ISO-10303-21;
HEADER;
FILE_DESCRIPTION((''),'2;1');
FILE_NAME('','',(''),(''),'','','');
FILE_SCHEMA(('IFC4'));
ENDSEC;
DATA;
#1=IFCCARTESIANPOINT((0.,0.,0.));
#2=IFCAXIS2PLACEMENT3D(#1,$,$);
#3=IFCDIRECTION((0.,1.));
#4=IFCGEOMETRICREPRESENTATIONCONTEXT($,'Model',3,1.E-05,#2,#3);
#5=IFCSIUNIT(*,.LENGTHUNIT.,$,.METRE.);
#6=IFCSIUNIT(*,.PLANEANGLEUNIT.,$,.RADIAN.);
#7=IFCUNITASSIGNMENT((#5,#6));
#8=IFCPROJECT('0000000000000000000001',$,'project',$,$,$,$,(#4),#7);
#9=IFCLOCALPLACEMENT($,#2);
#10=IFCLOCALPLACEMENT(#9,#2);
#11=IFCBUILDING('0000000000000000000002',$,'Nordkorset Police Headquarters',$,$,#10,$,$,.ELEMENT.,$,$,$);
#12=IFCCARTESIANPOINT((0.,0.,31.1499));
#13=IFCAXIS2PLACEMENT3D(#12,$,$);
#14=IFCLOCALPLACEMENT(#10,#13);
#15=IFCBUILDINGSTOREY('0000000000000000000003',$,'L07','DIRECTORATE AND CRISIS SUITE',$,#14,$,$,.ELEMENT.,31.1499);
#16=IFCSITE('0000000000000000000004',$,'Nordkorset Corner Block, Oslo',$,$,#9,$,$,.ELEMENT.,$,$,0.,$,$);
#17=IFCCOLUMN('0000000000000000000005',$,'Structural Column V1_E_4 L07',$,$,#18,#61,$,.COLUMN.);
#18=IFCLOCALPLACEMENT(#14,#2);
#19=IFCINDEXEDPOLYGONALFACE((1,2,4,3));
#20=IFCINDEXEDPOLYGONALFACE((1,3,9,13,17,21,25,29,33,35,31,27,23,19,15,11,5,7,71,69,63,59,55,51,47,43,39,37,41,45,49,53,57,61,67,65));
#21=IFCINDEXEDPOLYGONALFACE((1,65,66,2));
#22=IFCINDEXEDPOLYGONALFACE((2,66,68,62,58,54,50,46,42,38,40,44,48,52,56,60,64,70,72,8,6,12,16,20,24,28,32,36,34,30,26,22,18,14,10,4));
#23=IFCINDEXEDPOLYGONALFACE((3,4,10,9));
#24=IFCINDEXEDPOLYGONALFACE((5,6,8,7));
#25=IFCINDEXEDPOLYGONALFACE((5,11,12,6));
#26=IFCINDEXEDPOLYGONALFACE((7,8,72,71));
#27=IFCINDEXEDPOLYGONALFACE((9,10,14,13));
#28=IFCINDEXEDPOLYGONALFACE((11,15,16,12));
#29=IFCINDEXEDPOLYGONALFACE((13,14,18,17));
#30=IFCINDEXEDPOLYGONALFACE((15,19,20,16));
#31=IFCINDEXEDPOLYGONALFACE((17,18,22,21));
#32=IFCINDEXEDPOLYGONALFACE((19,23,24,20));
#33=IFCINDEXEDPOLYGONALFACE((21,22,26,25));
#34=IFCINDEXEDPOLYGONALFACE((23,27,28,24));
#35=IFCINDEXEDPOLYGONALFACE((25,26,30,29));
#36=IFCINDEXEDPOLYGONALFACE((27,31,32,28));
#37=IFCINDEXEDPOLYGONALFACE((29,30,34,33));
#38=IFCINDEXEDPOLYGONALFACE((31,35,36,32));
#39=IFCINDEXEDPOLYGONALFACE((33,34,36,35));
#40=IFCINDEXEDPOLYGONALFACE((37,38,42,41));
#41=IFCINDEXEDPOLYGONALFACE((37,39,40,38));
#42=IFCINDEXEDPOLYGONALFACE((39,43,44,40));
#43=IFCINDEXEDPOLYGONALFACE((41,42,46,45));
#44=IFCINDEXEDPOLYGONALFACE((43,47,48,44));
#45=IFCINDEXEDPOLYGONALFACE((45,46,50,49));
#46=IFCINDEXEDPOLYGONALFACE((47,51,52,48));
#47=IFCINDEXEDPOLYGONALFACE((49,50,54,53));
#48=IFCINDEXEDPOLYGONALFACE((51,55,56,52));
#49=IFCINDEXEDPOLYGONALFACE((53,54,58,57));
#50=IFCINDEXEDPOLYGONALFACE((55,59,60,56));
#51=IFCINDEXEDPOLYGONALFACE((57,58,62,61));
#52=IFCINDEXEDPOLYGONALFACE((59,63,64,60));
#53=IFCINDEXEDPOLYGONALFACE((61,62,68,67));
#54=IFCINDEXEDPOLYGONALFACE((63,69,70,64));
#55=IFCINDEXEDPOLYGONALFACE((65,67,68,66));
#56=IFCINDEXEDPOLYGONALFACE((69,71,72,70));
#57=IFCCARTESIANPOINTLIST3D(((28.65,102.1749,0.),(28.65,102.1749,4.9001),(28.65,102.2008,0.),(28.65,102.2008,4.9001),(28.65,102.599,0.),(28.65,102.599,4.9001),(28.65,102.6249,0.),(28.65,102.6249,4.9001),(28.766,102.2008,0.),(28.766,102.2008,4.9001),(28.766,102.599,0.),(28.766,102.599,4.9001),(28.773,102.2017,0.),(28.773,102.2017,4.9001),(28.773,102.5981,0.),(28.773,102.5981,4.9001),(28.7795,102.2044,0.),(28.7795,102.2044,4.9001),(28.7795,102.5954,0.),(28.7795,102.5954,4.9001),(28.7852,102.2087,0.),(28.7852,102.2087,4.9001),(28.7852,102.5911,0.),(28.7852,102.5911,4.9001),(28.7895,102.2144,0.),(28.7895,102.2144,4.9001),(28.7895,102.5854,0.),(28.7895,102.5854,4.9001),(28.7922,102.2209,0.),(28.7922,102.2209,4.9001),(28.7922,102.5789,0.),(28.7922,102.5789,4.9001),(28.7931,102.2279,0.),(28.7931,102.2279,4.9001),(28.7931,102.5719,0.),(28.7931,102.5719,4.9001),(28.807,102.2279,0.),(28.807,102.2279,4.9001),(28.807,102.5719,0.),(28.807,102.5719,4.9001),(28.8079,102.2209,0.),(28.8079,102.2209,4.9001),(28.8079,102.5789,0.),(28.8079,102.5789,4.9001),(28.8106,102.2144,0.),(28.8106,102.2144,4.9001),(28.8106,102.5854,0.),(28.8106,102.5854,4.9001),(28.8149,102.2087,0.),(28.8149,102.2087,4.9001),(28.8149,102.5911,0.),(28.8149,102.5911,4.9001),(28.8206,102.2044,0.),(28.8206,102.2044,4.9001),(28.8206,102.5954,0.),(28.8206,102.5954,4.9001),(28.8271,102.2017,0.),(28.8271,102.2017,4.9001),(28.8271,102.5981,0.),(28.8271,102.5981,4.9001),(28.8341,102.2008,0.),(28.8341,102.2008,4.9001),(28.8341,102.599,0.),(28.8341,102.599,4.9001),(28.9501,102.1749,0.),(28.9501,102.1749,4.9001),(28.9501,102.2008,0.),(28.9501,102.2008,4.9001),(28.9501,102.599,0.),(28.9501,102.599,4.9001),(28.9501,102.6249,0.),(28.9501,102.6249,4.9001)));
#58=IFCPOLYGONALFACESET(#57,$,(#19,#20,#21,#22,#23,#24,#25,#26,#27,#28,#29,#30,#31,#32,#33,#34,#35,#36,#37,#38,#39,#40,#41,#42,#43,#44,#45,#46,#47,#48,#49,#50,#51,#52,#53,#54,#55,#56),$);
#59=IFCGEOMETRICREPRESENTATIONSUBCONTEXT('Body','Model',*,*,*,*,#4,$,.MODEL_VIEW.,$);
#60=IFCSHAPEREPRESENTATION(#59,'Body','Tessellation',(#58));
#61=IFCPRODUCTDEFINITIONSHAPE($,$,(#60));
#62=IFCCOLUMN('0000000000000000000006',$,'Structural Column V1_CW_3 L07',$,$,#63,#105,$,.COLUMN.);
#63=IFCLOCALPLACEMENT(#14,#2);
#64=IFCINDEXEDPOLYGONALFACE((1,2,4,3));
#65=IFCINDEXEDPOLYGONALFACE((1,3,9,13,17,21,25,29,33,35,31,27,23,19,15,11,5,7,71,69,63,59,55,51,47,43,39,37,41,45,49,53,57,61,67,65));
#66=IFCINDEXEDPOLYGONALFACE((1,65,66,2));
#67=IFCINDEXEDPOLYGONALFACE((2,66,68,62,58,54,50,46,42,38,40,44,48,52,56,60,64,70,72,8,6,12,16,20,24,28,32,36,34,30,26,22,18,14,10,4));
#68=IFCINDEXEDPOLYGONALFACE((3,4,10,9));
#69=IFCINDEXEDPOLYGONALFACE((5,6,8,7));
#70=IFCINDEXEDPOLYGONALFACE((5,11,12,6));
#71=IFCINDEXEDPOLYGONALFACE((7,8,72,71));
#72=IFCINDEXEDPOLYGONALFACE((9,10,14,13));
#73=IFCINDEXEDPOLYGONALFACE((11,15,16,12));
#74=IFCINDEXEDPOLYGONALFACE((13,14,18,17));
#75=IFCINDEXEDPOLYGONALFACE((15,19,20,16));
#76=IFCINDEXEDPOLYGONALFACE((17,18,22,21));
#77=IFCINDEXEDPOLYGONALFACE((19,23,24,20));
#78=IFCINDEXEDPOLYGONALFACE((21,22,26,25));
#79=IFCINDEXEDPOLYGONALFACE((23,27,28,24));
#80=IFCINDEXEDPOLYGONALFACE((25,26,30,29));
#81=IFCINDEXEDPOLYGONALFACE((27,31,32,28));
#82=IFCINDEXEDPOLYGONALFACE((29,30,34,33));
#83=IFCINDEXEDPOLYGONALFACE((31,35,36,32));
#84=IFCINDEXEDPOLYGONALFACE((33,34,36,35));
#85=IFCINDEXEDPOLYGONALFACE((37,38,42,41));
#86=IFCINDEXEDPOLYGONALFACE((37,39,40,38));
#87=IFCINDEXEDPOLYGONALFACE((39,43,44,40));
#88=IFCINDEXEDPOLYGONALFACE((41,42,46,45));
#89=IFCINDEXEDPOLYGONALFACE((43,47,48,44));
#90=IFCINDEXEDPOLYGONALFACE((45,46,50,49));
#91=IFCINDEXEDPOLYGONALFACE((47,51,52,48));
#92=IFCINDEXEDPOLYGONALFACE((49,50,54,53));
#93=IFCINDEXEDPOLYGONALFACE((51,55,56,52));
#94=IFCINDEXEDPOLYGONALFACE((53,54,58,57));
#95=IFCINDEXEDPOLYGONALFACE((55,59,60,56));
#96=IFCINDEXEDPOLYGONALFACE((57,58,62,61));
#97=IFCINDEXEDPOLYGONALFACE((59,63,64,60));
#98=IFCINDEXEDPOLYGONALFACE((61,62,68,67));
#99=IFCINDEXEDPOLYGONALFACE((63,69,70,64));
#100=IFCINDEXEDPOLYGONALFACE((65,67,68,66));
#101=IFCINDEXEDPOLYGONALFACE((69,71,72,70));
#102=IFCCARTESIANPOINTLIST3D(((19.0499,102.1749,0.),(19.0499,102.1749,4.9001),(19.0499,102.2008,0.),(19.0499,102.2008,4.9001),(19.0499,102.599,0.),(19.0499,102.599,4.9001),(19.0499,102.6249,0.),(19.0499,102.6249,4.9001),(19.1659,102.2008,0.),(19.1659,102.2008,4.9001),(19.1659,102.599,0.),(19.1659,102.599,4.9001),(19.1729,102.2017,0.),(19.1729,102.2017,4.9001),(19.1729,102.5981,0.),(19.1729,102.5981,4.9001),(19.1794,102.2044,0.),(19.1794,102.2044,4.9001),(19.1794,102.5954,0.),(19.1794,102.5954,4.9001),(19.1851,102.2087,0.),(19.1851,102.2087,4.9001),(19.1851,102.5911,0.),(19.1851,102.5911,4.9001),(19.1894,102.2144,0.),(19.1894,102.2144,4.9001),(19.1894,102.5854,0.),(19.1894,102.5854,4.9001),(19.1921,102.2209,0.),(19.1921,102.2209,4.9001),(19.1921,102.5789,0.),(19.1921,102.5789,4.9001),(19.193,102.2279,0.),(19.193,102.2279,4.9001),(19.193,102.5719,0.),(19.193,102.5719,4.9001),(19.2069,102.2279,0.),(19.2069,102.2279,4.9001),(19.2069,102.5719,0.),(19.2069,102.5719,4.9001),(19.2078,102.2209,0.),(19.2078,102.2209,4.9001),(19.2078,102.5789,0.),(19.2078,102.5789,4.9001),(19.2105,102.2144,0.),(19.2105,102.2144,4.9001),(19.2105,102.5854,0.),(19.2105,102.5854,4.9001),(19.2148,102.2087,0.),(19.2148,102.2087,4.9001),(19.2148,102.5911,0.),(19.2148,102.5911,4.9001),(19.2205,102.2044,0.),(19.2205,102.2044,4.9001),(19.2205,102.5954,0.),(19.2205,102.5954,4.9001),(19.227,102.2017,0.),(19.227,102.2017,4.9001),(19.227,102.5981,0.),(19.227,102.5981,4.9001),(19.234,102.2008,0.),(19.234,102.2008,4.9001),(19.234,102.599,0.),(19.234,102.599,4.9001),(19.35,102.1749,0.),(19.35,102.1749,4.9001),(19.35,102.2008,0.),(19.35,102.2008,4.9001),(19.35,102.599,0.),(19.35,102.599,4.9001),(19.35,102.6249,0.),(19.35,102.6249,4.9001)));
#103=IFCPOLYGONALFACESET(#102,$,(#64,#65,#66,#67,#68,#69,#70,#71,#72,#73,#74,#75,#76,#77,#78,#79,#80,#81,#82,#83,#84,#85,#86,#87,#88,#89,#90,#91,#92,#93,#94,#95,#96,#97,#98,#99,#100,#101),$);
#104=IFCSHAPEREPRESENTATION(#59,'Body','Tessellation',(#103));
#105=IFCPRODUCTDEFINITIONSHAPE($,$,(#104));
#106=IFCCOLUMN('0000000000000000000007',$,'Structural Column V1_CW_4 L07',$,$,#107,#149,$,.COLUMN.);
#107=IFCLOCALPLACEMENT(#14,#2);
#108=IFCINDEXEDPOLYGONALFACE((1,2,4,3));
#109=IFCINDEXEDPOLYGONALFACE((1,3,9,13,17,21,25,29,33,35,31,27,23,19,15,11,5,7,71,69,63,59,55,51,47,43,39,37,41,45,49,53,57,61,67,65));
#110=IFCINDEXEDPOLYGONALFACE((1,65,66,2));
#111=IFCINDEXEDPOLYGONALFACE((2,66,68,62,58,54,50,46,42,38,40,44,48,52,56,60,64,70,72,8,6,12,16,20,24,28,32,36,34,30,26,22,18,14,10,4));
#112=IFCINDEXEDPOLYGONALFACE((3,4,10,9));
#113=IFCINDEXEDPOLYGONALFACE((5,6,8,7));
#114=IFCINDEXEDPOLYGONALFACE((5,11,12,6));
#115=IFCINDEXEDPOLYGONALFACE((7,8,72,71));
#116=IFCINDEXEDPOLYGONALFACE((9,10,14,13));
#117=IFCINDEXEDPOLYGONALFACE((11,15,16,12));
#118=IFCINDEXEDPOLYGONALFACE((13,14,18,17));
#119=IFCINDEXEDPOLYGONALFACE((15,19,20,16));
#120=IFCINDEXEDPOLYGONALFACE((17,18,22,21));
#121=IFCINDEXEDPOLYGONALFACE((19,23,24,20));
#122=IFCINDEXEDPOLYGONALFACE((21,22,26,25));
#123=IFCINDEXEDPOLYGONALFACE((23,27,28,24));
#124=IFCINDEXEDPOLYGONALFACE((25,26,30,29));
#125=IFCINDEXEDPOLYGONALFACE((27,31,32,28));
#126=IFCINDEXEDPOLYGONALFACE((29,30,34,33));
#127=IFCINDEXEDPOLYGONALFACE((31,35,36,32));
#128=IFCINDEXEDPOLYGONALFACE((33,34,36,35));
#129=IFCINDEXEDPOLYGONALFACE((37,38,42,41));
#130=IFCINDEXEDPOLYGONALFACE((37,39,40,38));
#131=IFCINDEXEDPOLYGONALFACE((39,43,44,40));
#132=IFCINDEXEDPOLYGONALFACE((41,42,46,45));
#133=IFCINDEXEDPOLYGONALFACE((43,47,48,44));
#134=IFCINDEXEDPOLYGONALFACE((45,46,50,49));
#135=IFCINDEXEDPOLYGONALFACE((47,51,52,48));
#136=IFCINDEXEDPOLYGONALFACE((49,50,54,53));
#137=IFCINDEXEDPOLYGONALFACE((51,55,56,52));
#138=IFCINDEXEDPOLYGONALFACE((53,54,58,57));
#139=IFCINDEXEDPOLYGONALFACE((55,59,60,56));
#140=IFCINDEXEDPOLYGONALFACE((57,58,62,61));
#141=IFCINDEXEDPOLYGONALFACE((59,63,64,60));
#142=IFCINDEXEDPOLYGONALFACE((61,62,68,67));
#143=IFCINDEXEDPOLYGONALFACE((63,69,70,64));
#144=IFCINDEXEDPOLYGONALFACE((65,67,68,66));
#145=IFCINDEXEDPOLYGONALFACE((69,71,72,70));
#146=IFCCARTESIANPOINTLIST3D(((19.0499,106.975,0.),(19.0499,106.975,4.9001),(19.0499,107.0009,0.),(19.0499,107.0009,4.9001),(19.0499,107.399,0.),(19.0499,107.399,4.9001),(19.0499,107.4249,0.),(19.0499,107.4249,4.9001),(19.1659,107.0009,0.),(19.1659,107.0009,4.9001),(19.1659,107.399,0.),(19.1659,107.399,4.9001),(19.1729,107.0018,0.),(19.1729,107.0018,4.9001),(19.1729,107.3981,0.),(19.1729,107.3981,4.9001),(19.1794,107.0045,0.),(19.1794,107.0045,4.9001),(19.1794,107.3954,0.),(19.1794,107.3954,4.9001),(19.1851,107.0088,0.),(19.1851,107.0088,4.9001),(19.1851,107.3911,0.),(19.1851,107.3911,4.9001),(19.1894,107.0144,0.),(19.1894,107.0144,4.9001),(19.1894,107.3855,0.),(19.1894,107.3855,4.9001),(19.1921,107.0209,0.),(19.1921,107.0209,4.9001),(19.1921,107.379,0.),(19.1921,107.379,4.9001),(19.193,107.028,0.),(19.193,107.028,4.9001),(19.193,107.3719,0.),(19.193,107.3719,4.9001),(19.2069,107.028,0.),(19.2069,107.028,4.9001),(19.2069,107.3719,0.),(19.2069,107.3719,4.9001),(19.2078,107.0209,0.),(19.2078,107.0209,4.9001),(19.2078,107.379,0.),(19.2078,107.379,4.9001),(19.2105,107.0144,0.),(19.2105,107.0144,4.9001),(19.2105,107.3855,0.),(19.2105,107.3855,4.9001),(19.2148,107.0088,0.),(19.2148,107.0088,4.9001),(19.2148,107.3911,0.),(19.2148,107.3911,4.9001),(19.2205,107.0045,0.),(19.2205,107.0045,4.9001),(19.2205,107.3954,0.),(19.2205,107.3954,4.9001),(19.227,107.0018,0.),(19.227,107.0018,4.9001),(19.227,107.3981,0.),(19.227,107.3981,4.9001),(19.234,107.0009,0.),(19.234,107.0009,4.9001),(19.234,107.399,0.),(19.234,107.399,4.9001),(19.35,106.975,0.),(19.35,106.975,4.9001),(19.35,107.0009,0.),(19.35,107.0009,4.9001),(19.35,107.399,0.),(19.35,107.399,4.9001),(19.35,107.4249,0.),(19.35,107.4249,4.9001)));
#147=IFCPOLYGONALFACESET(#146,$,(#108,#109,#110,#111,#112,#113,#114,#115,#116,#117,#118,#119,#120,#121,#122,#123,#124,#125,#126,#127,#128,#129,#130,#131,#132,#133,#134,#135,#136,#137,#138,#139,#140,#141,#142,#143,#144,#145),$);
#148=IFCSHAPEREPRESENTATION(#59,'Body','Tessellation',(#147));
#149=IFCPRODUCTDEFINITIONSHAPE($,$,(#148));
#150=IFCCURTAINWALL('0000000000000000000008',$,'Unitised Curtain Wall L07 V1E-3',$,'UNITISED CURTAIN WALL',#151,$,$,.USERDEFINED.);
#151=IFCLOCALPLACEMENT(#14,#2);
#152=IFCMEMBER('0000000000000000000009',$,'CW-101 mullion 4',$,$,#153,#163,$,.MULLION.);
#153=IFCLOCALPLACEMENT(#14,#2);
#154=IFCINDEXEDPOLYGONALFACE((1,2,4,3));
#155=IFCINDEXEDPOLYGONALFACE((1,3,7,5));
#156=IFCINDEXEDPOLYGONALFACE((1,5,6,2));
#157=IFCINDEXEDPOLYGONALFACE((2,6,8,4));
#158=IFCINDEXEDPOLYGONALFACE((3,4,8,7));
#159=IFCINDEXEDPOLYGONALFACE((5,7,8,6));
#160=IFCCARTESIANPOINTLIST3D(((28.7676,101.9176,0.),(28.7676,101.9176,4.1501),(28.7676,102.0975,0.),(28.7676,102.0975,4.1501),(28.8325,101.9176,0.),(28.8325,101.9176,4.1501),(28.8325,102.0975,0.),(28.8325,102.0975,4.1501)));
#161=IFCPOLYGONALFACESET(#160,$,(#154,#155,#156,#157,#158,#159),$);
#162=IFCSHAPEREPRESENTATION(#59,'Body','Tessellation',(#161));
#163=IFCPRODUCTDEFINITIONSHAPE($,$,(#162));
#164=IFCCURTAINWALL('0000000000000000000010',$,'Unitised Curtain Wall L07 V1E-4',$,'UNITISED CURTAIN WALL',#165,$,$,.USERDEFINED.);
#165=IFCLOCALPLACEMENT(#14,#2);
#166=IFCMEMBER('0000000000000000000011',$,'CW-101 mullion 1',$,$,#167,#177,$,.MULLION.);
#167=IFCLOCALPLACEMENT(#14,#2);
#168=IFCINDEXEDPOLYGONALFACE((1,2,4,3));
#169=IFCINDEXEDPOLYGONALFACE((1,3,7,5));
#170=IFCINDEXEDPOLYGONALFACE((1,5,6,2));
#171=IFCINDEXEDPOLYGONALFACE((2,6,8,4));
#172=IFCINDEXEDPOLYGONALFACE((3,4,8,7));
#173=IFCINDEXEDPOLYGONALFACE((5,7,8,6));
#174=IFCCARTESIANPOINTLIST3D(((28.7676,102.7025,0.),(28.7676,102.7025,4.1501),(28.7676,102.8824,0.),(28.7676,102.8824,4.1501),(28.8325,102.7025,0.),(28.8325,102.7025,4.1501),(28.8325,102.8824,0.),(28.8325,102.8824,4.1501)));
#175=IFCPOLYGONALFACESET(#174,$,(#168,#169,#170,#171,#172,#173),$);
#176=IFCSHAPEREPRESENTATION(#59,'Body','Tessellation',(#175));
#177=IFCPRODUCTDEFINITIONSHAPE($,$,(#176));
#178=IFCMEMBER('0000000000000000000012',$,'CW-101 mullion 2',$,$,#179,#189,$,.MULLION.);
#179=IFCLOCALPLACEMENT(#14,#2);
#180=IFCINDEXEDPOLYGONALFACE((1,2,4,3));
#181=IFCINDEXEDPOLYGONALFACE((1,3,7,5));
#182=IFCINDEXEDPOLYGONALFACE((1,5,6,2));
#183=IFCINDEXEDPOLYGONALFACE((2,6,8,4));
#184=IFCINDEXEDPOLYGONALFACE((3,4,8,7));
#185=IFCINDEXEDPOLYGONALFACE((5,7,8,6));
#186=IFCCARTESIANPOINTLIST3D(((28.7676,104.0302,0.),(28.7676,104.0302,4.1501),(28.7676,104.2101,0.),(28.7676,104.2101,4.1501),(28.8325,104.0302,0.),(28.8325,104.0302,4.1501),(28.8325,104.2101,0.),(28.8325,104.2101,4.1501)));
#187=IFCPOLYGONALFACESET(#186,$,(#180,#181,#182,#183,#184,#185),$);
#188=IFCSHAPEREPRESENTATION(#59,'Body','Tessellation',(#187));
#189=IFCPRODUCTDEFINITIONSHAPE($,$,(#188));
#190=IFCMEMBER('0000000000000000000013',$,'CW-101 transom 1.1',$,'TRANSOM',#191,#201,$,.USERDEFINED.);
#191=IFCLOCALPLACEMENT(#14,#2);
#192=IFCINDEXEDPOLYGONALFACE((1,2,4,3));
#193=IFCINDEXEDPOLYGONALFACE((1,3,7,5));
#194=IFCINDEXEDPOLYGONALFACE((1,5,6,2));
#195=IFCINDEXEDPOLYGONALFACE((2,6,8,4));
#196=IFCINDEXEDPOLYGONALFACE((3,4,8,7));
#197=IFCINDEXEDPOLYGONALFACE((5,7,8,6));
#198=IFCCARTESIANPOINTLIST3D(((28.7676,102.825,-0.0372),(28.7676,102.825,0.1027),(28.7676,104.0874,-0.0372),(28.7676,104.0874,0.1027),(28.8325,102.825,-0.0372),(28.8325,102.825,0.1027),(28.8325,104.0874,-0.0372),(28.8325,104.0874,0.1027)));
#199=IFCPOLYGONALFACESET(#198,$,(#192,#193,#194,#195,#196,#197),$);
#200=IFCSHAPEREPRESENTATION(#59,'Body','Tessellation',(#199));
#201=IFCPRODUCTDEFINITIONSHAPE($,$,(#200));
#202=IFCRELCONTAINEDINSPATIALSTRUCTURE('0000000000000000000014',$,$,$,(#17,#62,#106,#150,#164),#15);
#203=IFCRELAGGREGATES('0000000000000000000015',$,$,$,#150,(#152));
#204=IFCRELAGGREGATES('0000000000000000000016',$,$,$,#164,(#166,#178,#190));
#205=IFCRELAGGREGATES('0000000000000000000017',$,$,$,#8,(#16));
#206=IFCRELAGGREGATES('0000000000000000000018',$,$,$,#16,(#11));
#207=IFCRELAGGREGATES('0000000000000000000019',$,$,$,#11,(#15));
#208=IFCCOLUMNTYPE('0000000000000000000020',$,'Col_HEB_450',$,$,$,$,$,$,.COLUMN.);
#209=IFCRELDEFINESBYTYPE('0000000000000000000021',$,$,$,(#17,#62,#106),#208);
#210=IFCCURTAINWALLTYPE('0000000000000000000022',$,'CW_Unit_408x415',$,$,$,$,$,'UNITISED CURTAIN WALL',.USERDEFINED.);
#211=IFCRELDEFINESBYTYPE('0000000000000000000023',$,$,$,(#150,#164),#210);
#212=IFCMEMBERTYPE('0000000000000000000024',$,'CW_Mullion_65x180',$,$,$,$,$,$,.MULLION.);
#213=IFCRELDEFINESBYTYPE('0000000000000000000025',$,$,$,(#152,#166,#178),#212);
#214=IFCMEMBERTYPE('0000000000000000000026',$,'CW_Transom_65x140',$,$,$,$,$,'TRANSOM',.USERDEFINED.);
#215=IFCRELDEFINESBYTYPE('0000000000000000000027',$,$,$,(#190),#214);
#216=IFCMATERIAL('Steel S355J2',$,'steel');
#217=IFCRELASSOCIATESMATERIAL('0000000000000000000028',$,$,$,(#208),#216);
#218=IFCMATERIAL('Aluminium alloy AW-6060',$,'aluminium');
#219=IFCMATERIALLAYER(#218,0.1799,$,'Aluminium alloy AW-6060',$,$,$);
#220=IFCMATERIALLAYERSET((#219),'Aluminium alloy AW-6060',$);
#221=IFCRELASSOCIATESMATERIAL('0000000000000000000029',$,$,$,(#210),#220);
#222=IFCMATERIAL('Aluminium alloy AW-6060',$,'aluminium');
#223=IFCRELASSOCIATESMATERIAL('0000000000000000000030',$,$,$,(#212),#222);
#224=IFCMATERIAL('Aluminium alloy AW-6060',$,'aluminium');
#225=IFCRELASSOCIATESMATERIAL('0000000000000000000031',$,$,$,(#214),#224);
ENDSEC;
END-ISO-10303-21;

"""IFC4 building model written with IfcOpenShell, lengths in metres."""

from ifc_helpers import new_model, si_unit, direction, frame, origin, origin_2d, place, context, subcontext, project, spatial, rectangle, i_section, extrude, material, layer, layer_set, material_profile, profile_set, type_object, element, aggregate, save


model = new_model("IFC4")

# Units and contexts
model_context = context("Model", 3, precision=1e-05, world=origin(), true_north=direction((0.0, 1.0)))
body_context = subcontext(model_context, "Body", "Model", "MODEL_VIEW")
ifc_project = project(units=[si_unit("LENGTHUNIT", "METRE"), si_unit("PLANEANGLEUNIT", "RADIAN")], contexts=[model_context])

# Site, building, storey
site_placement = place(None, origin())
site = spatial("IfcSite", under=ifc_project, at=site_placement, Name="Nordkorset Corner Block, Oslo", CompositionType="ELEMENT", RefElevation=0.0)
building_placement = place(site_placement, origin())
building = spatial("IfcBuilding", under=site, at=building_placement, Name="Nordkorset Police Headquarters", CompositionType="ELEMENT")
storey_placement = place(building_placement, frame((0.0, 0.0, 31.1499)))
storey = spatial("IfcBuildingStorey", under=building, at=storey_placement, Name="L07", Description="DIRECTORATE AND CRISIS SUITE", CompositionType="ELEMENT", Elevation=31.1499)

# Columns
ifc_material_1 = material(Name="Steel S355J2", Category="steel")
ifc_material_profile_1 = material_profile(ifc_material_1, i_section(OverallWidth=0.3, OverallDepth=0.45, WebThickness=0.0139, FlangeThickness=0.0259, FilletRadius=0.0271, at=origin_2d()), Name="HEB 450")
ifc_profile_set_1 = profile_set([ifc_material_profile_1], Name="Steel S355J2")
column_type = type_object("IfcColumnType", Name="Col_HEB_450", PredefinedType="COLUMN", material=ifc_profile_set_1)
for number, where, z_axis, x_axis, name in (
    (1, (28.8, 102.3999, 0.0), (0.0, 0.0, 1.0), (1.0, 0.0, 0.0), "Structural Column V1_E_4 L07"),
    (2, (19.2, 102.3999, 0.0), (0.0, 0.0, 1.0), (1.0, 0.0, 0.0), "Structural Column V1_CW_3 L07"),
    (3, (19.2, 107.2, 0.0), (0.0, 0.0, 1.0), (1.0, 0.0, 0.0), "Structural Column V1_CW_4 L07"),
):
    element("IfcColumn", number, at=place(storey_placement, frame(where, z_axis=z_axis, x_axis=x_axis)), inside=storey, type_object=column_type, Name=name, PredefinedType="COLUMN", context=body_context, shape_type="SweptSolid", body=[
        extrude(i_section(OverallWidth=0.3, OverallDepth=0.45, WebThickness=0.0139, FlangeThickness=0.0259, FilletRadius=0.0271, at=origin_2d()), origin(), (0.0, 0.0, 1.0), 4.9001),
    ])

# Curtain wall, member
ifc_material_2 = material(Name="Aluminium alloy AW-6060", Category="aluminium")
ifc_layer_1 = layer(ifc_material_2, 0.1799, Name="Aluminium alloy AW-6060")
ifc_layer_set_1 = layer_set([ifc_layer_1], Name="Aluminium alloy AW-6060")
curtain_wall_type = type_object("IfcCurtainWallType", Name="CW_Unit_408x415", ElementType="UNITISED CURTAIN WALL", PredefinedType="USERDEFINED", material=ifc_layer_set_1)
curtain_wall_1_placement = place(storey_placement, origin())
curtain_wall_1 = element("IfcCurtainWall", 4, at=curtain_wall_1_placement, inside=storey, type_object=curtain_wall_type, Name="Unitised Curtain Wall L07 V1E-3", ObjectType="UNITISED CURTAIN WALL", PredefinedType="USERDEFINED")
ifc_material_3 = material(Name="Aluminium alloy AW-6060", Category="aluminium")
ifc_material_profile_2 = material_profile(ifc_material_3, rectangle(XDim=0.0649, YDim=0.1799, at=origin_2d()), Name="ALU MULL 65x180")
ifc_profile_set_2 = profile_set([ifc_material_profile_2], Name="Aluminium alloy AW-6060")
member_type_1 = type_object("IfcMemberType", Name="CW_Mullion_65x180", PredefinedType="MULLION", material=ifc_profile_set_2)
member_1_placement = place(storey_placement, frame((28.8, 102.0076, 0.0), z_axis=(0.0, 0.0, 1.0), x_axis=(-1.0, 0.0, 0.0)))
member_1 = element("IfcMember", 5, at=member_1_placement, type_object=member_type_1, Name="CW-101 mullion 4", PredefinedType="MULLION", context=body_context, shape_type="SweptSolid", body=[
    extrude(rectangle(XDim=0.0649, YDim=0.1799, at=origin_2d()), origin(), (0.0, 0.0, 1.0), 4.1501),
])

# Curtain wall, members
curtain_wall_2_placement = place(storey_placement, origin())
curtain_wall_2 = element("IfcCurtainWall", 6, at=curtain_wall_2_placement, inside=storey, type_object=curtain_wall_type, Name="Unitised Curtain Wall L07 V1E-4", ObjectType="UNITISED CURTAIN WALL", PredefinedType="USERDEFINED")
member_2_placement = place(storey_placement, frame((28.8, 102.7925, 0.0), z_axis=(0.0, 0.0, 1.0), x_axis=(-1.0, 0.0, 0.0)))
member_2 = element("IfcMember", 7, at=member_2_placement, type_object=member_type_1, Name="CW-101 mullion 1", PredefinedType="MULLION", context=body_context, shape_type="SweptSolid", body=[
    extrude(rectangle(XDim=0.0649, YDim=0.1799, at=origin_2d()), origin(), (0.0, 0.0, 1.0), 4.1501),
])
member_3_placement = place(storey_placement, frame((28.8, 104.1201, 0.0), z_axis=(0.0, 0.0, 1.0), x_axis=(-1.0, 0.0, 0.0)))
member_3 = element("IfcMember", 8, at=member_3_placement, type_object=member_type_1, Name="CW-101 mullion 2", PredefinedType="MULLION", context=body_context, shape_type="SweptSolid", body=[
    extrude(rectangle(XDim=0.0649, YDim=0.1799, at=origin_2d()), origin(), (0.0, 0.0, 1.0), 4.1501),
])
ifc_material_4 = material(Name="Aluminium alloy AW-6060", Category="aluminium")
ifc_material_profile_3 = material_profile(ifc_material_4, rectangle(XDim=0.0649, YDim=0.1399, at=origin_2d()), Name="ALU TRAN 65x140")
ifc_profile_set_3 = profile_set([ifc_material_profile_3], Name="Aluminium alloy AW-6060")
member_type_2 = type_object("IfcMemberType", Name="CW_Transom_65x140", ElementType="TRANSOM", PredefinedType="USERDEFINED", material=ifc_profile_set_3)
member_4_placement = place(storey_placement, frame((28.8, 102.825, 0.0327), z_axis=(0.0, 1.0, 0.0), x_axis=(-1.0, 0.0, 0.0)))
member_4 = element("IfcMember", 9, at=member_4_placement, type_object=member_type_2, Name="CW-101 transom 1.1", ObjectType="TRANSOM", PredefinedType="USERDEFINED", context=body_context, shape_type="SweptSolid", body=[
    extrude(rectangle(XDim=0.0649, YDim=0.1399, at=origin_2d()), origin(), (0.0, 0.0, 1.0), 1.2625),
])

aggregate(curtain_wall_1, [member_1])
aggregate(curtain_wall_2, [member_2, member_3, member_4])

save(model, "model.ifc")
